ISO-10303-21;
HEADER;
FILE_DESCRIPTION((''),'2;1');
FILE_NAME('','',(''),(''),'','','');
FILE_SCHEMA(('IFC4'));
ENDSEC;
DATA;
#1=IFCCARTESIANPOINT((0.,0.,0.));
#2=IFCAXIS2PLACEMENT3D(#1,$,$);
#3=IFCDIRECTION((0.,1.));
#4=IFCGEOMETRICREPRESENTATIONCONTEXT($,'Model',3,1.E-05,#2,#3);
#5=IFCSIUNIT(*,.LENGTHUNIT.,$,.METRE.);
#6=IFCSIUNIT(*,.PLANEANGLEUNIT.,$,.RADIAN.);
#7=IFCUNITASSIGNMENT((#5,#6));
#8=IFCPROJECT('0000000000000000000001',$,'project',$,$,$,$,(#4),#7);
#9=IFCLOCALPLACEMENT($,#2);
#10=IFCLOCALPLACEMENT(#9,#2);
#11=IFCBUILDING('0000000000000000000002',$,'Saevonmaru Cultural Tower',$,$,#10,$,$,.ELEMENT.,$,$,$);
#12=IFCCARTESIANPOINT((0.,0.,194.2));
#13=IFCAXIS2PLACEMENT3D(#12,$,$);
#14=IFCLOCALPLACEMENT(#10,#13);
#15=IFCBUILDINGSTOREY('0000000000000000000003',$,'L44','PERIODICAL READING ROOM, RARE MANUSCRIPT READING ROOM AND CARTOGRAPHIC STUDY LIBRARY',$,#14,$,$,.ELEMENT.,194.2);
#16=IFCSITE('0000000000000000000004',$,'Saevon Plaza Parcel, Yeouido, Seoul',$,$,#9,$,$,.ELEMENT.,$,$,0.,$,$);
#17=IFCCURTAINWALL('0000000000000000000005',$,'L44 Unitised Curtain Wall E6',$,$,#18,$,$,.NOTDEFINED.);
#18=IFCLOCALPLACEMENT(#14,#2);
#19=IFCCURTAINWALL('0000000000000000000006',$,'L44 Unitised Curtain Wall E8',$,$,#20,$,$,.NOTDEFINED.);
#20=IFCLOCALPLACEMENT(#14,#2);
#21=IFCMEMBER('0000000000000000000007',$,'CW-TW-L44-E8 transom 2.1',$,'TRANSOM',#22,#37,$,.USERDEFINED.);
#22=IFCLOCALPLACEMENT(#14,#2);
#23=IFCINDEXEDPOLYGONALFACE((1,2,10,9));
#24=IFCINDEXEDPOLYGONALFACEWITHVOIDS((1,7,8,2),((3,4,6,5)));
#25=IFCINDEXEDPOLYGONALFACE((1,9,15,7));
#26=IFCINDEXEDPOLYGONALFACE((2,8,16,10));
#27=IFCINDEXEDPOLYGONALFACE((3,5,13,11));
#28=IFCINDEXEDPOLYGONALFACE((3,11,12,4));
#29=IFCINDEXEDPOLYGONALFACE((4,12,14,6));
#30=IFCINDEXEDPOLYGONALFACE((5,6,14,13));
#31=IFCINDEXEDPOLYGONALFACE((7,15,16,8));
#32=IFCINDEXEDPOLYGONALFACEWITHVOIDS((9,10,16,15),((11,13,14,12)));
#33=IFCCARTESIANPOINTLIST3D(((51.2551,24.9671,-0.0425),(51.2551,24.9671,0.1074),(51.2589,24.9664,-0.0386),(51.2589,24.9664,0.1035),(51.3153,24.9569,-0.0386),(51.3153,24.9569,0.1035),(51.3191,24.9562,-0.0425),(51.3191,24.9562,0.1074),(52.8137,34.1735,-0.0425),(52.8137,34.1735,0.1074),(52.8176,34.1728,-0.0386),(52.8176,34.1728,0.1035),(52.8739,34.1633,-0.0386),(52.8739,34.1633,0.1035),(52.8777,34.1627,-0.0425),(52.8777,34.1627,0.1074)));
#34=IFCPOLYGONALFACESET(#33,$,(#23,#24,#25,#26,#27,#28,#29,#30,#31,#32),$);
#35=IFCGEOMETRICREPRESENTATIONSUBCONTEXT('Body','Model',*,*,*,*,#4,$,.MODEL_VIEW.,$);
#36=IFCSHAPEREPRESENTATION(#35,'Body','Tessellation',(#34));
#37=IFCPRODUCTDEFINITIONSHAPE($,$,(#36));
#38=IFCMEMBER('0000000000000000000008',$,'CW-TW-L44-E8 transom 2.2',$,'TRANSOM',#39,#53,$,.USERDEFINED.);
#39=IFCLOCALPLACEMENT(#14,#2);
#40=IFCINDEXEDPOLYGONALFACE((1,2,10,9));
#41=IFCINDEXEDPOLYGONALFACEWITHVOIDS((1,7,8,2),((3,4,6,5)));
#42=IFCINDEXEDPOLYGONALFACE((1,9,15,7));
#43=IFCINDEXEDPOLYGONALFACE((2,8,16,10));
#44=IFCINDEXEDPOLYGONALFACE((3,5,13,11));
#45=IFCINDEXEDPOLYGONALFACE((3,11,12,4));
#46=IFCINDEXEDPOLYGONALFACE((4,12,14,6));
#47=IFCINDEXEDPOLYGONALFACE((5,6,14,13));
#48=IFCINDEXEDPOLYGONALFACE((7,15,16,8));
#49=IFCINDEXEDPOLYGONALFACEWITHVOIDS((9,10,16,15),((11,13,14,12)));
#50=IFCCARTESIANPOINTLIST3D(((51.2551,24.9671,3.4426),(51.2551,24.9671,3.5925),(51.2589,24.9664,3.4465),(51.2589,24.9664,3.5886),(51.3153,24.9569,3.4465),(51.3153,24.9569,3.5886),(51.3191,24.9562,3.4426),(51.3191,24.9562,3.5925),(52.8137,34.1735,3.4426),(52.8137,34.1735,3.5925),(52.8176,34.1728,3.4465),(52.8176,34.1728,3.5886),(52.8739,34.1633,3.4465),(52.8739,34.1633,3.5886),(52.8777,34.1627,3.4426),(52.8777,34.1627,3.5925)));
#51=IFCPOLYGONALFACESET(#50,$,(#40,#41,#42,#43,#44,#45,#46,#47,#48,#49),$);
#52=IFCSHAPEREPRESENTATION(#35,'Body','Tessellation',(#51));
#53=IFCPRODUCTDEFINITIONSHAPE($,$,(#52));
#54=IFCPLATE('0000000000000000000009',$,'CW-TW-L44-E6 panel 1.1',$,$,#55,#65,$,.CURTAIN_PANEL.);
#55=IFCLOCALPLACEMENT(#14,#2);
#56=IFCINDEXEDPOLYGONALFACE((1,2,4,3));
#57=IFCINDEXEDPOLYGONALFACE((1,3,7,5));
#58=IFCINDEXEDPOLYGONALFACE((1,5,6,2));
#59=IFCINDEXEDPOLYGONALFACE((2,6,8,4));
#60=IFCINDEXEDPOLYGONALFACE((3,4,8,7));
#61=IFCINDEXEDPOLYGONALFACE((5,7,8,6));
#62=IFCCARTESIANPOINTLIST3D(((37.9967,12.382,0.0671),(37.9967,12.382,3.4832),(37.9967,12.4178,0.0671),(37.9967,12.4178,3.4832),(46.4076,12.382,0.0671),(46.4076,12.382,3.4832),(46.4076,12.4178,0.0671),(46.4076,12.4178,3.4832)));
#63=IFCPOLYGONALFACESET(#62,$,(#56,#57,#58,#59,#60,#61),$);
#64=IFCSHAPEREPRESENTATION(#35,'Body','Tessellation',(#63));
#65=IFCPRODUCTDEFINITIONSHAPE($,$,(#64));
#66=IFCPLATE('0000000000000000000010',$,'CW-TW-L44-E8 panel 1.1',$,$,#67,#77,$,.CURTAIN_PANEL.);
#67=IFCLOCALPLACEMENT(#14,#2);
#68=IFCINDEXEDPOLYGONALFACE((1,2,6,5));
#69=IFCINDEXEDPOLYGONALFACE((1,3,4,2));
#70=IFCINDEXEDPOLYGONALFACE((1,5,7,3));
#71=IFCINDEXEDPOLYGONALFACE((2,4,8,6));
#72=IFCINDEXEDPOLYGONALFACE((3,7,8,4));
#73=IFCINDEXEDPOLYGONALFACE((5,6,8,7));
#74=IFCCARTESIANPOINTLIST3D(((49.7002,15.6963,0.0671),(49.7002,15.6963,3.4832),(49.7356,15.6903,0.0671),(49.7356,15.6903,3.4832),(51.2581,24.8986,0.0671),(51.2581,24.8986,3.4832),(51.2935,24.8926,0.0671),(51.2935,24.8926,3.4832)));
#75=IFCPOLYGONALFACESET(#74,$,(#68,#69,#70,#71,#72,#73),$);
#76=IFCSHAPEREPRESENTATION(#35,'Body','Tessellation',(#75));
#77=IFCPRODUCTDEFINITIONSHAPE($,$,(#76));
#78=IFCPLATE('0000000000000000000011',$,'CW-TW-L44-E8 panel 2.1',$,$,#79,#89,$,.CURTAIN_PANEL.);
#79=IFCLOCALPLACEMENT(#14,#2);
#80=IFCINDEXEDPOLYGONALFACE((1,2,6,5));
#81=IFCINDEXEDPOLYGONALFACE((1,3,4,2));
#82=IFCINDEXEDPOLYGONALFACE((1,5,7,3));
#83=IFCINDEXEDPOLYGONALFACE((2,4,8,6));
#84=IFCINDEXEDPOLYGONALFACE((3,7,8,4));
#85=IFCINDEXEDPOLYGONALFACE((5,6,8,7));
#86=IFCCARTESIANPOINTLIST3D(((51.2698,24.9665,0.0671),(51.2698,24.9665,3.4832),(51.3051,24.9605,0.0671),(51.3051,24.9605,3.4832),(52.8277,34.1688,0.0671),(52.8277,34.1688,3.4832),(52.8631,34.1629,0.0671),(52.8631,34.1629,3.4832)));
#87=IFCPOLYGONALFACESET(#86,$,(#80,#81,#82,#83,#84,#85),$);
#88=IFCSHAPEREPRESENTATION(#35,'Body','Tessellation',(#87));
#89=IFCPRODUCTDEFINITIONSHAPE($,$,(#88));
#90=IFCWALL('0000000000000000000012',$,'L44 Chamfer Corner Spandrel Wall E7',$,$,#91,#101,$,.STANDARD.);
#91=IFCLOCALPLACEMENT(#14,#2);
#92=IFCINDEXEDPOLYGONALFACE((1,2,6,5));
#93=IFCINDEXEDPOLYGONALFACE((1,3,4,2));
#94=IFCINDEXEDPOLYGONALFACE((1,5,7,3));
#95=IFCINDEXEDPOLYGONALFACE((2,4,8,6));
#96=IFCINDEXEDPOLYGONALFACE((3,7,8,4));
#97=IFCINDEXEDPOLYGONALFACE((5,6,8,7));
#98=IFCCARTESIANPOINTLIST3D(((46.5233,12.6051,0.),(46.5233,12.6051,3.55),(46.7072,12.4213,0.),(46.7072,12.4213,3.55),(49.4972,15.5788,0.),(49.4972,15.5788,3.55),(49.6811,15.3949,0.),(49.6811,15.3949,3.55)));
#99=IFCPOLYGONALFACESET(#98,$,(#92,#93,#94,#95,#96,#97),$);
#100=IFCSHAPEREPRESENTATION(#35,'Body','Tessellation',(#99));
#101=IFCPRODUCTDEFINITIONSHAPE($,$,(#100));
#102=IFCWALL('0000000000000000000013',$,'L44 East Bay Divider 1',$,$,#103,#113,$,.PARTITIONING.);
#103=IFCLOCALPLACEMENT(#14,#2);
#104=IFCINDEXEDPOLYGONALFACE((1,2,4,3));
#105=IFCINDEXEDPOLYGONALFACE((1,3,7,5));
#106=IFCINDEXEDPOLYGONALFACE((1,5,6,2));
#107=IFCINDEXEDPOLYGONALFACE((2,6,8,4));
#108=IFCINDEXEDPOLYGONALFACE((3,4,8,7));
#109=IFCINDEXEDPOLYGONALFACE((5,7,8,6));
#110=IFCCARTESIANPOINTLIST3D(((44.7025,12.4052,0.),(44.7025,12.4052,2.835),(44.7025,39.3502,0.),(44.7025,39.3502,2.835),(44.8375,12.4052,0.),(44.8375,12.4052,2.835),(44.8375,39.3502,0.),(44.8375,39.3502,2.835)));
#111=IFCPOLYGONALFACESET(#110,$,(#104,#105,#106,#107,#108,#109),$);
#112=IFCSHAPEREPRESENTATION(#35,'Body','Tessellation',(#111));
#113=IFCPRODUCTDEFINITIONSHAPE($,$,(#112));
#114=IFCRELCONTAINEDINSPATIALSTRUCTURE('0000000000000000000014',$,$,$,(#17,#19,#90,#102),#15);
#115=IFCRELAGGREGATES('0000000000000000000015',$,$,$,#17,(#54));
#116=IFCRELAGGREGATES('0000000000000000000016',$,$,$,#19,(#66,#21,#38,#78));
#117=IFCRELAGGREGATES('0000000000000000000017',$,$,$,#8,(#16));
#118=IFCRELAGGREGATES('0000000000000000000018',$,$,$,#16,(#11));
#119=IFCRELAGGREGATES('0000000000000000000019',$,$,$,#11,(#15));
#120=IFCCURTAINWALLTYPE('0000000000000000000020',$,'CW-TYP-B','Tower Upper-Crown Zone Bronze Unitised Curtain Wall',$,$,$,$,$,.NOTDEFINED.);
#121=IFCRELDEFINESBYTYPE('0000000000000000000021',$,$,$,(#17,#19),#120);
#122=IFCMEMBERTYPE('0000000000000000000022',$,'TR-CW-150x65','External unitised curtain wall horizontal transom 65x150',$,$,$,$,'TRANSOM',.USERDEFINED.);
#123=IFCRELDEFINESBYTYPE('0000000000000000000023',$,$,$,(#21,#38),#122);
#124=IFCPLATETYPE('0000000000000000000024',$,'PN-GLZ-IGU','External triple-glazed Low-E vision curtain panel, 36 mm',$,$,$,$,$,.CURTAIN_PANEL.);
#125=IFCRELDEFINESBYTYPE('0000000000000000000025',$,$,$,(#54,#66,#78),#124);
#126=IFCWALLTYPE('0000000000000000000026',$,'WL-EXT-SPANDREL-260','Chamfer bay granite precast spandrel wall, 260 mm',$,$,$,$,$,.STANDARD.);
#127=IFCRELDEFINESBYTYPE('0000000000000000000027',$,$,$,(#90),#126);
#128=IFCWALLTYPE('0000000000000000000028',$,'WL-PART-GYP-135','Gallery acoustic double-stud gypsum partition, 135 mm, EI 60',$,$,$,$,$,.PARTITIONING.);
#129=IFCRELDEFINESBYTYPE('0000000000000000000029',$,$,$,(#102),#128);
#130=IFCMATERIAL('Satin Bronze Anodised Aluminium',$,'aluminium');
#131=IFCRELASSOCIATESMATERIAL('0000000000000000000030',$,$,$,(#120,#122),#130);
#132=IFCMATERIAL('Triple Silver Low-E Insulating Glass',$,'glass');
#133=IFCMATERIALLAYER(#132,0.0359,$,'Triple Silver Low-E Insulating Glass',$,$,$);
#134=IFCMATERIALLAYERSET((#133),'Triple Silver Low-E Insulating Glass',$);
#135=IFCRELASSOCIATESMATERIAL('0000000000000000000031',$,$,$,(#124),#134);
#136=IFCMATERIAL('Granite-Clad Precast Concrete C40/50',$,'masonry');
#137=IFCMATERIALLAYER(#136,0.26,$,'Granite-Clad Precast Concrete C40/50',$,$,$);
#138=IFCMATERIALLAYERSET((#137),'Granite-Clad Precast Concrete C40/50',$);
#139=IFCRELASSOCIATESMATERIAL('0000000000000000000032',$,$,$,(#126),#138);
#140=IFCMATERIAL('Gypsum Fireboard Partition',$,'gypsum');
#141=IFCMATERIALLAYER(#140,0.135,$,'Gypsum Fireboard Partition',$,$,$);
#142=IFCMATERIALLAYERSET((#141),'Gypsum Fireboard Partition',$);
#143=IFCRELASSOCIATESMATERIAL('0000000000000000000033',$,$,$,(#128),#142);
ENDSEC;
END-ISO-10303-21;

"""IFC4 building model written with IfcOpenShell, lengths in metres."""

from ifc_helpers import new_model, si_unit, direction, frame, frame_2d, origin, origin_2d, place, context, subcontext, project, spatial, rectangle, hollow_rectangle, extrude, material, layer, layer_set, material_profile, profile_set, type_object, element, aggregate, save


model = new_model("IFC4")

# Units and contexts
model_context = context("Model", 3, precision=1e-05, world=origin(), true_north=direction((0.0, 1.0)))
body_context = subcontext(model_context, "Body", "Model", "MODEL_VIEW")
ifc_project = project(units=[si_unit("LENGTHUNIT", "METRE"), si_unit("PLANEANGLEUNIT", "RADIAN")], contexts=[model_context])

# Site, building, storey
site_placement = place(None, origin())
site = spatial("IfcSite", under=ifc_project, at=site_placement, Name="Saevon Plaza Parcel, Yeouido, Seoul", CompositionType="ELEMENT", RefElevation=0.0)
building_placement = place(site_placement, origin())
building = spatial("IfcBuilding", under=site, at=building_placement, Name="Saevonmaru Cultural Tower", CompositionType="ELEMENT")
storey_placement = place(building_placement, frame((0.0, 0.0, 194.2)))
storey = spatial("IfcBuildingStorey", under=building, at=storey_placement, Name="L44", Description="PERIODICAL READING ROOM, RARE MANUSCRIPT READING ROOM AND CARTOGRAPHIC STUDY LIBRARY", CompositionType="ELEMENT", Elevation=194.2)

# Curtain wall
ifc_material_1 = material(Name="Satin Bronze Anodised Aluminium", Category="aluminium")
curtain_wall_type = type_object("IfcCurtainWallType", Name="CW-TYP-B", Description="Tower Upper-Crown Zone Bronze Unitised Curtain Wall", PredefinedType="NOTDEFINED", material=ifc_material_1)
curtain_wall_1_placement = place(storey_placement, origin())
curtain_wall_1 = element("IfcCurtainWall", 1, at=curtain_wall_1_placement, inside=storey, type_object=curtain_wall_type, Name="L44 Unitised Curtain Wall E6", PredefinedType="NOTDEFINED")

# Curtain wall, members
curtain_wall_2_placement = place(storey_placement, origin())
curtain_wall_2 = element("IfcCurtainWall", 2, at=curtain_wall_2_placement, inside=storey, type_object=curtain_wall_type, Name="L44 Unitised Curtain Wall E8", PredefinedType="NOTDEFINED")
ifc_material_profile_1 = material_profile(ifc_material_1, hollow_rectangle(XDim=0.0649, YDim=0.1499, WallThickness=0.0039, at=origin_2d()), Name="ALU-TRAN-150x65x4")
ifc_profile_set_1 = profile_set([ifc_material_profile_1], Name="Satin Bronze Anodised Aluminium")
member_type_1 = type_object("IfcMemberType", Name="TR-CW-150x65", Description="External unitised curtain wall horizontal transom 65x150", ElementType="TRANSOM", PredefinedType="USERDEFINED", material=ifc_profile_set_1)
member_1_placement = place(storey_placement, frame((51.2871, 24.9617, 0.0325), z_axis=(0.166921, 0.98597, 0.0), x_axis=(-0.98597, 0.166921, 0.0)))
member_1 = element("IfcMember", 3, at=member_1_placement, type_object=member_type_1, Name="CW-TW-L44-E8 transom 2.1", ObjectType="TRANSOM", PredefinedType="USERDEFINED", context=body_context, shape_type="SweptSolid", body=[
    extrude(hollow_rectangle(XDim=0.0649, YDim=0.1499, WallThickness=0.0039, at=origin_2d()), origin(), (0.0, 0.0, 1.0), 9.3374),
])
member_2_placement = place(storey_placement, frame((51.2871, 24.9617, 3.5176), z_axis=(0.166921, 0.98597, 0.0), x_axis=(-0.98597, 0.166921, 0.0)))
member_2 = element("IfcMember", 4, at=member_2_placement, type_object=member_type_1, Name="CW-TW-L44-E8 transom 2.2", ObjectType="TRANSOM", PredefinedType="USERDEFINED", context=body_context, shape_type="SweptSolid", body=[
    extrude(hollow_rectangle(XDim=0.0649, YDim=0.1499, WallThickness=0.0039, at=origin_2d()), origin(), (0.0, 0.0, 1.0), 9.3374),
])

# Plates
ifc_material_2 = material(Name="Triple Silver Low-E Insulating Glass", Category="glass")
ifc_layer_1 = layer(ifc_material_2, 0.0359, Name="Triple Silver Low-E Insulating Glass")
ifc_layer_set_1 = layer_set([ifc_layer_1], Name="Triple Silver Low-E Insulating Glass")
plate_type = type_object("IfcPlateType", Name="PN-GLZ-IGU", Description="External triple-glazed Low-E vision curtain panel, 36 mm", PredefinedType="CURTAIN_PANEL", material=ifc_layer_set_1)
plate_1_placement = place(storey_placement, frame((42.2021, 12.3999, 0.0671), z_axis=(0.0, 0.0, 1.0), x_axis=(1.0, 0.0, 0.0)))
plate_1 = element("IfcPlate", 5, at=plate_1_placement, type_object=plate_type, Name="CW-TW-L44-E6 panel 1.1", PredefinedType="CURTAIN_PANEL", context=body_context, shape_type="SweptSolid", body=[
    extrude(rectangle(XDim=8.4109, YDim=0.0359, at=origin_2d()), origin(), (0.0, 0.0, 1.0), 3.416),
])
aggregate(curtain_wall_1, [plate_1])
plate_2_placement = place(storey_placement, frame((50.4968, 20.2944, 0.0671), z_axis=(0.0, 0.0, 1.0), x_axis=(0.166922, 0.98597, 0.0)))
plate_2 = element("IfcPlate", 6, at=plate_2_placement, type_object=plate_type, Name="CW-TW-L44-E8 panel 1.1", PredefinedType="CURTAIN_PANEL", context=body_context, shape_type="SweptSolid", body=[
    extrude(rectangle(XDim=9.3333, YDim=0.0359, at=origin_2d()), origin(), (0.0, 0.0, 1.0), 3.416),
])
plate_3_placement = place(storey_placement, frame((52.0664, 29.5647, 0.0671), z_axis=(0.0, 0.0, 1.0), x_axis=(0.166922, 0.98597, 0.0)))
plate_3 = element("IfcPlate", 7, at=plate_3_placement, type_object=plate_type, Name="CW-TW-L44-E8 panel 2.1", PredefinedType="CURTAIN_PANEL", context=body_context, shape_type="SweptSolid", body=[
    extrude(rectangle(XDim=9.3333, YDim=0.0359, at=origin_2d()), origin(), (0.0, 0.0, 1.0), 3.416),
])
aggregate(curtain_wall_2, [plate_2, member_1, member_2, plate_3])

# Walls
ifc_material_3 = material(Name="Granite-Clad Precast Concrete C40/50", Category="masonry")
ifc_layer_2 = layer(ifc_material_3, 0.26, Name="Granite-Clad Precast Concrete C40/50")
ifc_layer_set_2 = layer_set([ifc_layer_2], Name="Granite-Clad Precast Concrete C40/50")
wall_type_1 = type_object("IfcWallType", Name="WL-EXT-SPANDREL-260", Description="Chamfer bay granite precast spandrel wall, 260 mm", PredefinedType="STANDARD", material=ifc_layer_set_2)
wall_1_placement = place(storey_placement, frame((46.6152, 12.5132, 0.0), z_axis=(0.0, 0.0, 1.0), x_axis=(0.707136, 0.707078, 0.0)))
element("IfcWall", 8, at=wall_1_placement, inside=storey, type_object=wall_type_1, Name="L44 Chamfer Corner Spandrel Wall E7", PredefinedType="STANDARD", context=body_context, shape_type="SweptSolid", body=[
    extrude(rectangle(XDim=4.2056, YDim=0.26, at=frame_2d((2.1028, 0.0))), origin(), (0.0, 0.0, 1.0), 3.55),
])
ifc_material_4 = material(Name="Gypsum Fireboard Partition", Category="gypsum")
ifc_layer_3 = layer(ifc_material_4, 0.135, Name="Gypsum Fireboard Partition")
ifc_layer_set_3 = layer_set([ifc_layer_3], Name="Gypsum Fireboard Partition")
wall_type_2 = type_object("IfcWallType", Name="WL-PART-GYP-135", Description="Gallery acoustic double-stud gypsum partition, 135 mm, EI 60", PredefinedType="PARTITIONING", material=ifc_layer_set_3)
wall_2_placement = place(storey_placement, frame((44.77, 12.405, 0.0), z_axis=(0.0, 0.0, 1.0), x_axis=(0.0, 1.0, 0.0)))
element("IfcWall", 9, at=wall_2_placement, inside=storey, type_object=wall_type_2, Name="L44 East Bay Divider 1", PredefinedType="PARTITIONING", context=body_context, shape_type="SweptSolid", body=[
    extrude(rectangle(XDim=26.9451, YDim=0.135, at=frame_2d((13.4727, 0.0))), origin(), (0.0, 0.0, 1.0), 2.835),
])

save(model, "model.ifc")
